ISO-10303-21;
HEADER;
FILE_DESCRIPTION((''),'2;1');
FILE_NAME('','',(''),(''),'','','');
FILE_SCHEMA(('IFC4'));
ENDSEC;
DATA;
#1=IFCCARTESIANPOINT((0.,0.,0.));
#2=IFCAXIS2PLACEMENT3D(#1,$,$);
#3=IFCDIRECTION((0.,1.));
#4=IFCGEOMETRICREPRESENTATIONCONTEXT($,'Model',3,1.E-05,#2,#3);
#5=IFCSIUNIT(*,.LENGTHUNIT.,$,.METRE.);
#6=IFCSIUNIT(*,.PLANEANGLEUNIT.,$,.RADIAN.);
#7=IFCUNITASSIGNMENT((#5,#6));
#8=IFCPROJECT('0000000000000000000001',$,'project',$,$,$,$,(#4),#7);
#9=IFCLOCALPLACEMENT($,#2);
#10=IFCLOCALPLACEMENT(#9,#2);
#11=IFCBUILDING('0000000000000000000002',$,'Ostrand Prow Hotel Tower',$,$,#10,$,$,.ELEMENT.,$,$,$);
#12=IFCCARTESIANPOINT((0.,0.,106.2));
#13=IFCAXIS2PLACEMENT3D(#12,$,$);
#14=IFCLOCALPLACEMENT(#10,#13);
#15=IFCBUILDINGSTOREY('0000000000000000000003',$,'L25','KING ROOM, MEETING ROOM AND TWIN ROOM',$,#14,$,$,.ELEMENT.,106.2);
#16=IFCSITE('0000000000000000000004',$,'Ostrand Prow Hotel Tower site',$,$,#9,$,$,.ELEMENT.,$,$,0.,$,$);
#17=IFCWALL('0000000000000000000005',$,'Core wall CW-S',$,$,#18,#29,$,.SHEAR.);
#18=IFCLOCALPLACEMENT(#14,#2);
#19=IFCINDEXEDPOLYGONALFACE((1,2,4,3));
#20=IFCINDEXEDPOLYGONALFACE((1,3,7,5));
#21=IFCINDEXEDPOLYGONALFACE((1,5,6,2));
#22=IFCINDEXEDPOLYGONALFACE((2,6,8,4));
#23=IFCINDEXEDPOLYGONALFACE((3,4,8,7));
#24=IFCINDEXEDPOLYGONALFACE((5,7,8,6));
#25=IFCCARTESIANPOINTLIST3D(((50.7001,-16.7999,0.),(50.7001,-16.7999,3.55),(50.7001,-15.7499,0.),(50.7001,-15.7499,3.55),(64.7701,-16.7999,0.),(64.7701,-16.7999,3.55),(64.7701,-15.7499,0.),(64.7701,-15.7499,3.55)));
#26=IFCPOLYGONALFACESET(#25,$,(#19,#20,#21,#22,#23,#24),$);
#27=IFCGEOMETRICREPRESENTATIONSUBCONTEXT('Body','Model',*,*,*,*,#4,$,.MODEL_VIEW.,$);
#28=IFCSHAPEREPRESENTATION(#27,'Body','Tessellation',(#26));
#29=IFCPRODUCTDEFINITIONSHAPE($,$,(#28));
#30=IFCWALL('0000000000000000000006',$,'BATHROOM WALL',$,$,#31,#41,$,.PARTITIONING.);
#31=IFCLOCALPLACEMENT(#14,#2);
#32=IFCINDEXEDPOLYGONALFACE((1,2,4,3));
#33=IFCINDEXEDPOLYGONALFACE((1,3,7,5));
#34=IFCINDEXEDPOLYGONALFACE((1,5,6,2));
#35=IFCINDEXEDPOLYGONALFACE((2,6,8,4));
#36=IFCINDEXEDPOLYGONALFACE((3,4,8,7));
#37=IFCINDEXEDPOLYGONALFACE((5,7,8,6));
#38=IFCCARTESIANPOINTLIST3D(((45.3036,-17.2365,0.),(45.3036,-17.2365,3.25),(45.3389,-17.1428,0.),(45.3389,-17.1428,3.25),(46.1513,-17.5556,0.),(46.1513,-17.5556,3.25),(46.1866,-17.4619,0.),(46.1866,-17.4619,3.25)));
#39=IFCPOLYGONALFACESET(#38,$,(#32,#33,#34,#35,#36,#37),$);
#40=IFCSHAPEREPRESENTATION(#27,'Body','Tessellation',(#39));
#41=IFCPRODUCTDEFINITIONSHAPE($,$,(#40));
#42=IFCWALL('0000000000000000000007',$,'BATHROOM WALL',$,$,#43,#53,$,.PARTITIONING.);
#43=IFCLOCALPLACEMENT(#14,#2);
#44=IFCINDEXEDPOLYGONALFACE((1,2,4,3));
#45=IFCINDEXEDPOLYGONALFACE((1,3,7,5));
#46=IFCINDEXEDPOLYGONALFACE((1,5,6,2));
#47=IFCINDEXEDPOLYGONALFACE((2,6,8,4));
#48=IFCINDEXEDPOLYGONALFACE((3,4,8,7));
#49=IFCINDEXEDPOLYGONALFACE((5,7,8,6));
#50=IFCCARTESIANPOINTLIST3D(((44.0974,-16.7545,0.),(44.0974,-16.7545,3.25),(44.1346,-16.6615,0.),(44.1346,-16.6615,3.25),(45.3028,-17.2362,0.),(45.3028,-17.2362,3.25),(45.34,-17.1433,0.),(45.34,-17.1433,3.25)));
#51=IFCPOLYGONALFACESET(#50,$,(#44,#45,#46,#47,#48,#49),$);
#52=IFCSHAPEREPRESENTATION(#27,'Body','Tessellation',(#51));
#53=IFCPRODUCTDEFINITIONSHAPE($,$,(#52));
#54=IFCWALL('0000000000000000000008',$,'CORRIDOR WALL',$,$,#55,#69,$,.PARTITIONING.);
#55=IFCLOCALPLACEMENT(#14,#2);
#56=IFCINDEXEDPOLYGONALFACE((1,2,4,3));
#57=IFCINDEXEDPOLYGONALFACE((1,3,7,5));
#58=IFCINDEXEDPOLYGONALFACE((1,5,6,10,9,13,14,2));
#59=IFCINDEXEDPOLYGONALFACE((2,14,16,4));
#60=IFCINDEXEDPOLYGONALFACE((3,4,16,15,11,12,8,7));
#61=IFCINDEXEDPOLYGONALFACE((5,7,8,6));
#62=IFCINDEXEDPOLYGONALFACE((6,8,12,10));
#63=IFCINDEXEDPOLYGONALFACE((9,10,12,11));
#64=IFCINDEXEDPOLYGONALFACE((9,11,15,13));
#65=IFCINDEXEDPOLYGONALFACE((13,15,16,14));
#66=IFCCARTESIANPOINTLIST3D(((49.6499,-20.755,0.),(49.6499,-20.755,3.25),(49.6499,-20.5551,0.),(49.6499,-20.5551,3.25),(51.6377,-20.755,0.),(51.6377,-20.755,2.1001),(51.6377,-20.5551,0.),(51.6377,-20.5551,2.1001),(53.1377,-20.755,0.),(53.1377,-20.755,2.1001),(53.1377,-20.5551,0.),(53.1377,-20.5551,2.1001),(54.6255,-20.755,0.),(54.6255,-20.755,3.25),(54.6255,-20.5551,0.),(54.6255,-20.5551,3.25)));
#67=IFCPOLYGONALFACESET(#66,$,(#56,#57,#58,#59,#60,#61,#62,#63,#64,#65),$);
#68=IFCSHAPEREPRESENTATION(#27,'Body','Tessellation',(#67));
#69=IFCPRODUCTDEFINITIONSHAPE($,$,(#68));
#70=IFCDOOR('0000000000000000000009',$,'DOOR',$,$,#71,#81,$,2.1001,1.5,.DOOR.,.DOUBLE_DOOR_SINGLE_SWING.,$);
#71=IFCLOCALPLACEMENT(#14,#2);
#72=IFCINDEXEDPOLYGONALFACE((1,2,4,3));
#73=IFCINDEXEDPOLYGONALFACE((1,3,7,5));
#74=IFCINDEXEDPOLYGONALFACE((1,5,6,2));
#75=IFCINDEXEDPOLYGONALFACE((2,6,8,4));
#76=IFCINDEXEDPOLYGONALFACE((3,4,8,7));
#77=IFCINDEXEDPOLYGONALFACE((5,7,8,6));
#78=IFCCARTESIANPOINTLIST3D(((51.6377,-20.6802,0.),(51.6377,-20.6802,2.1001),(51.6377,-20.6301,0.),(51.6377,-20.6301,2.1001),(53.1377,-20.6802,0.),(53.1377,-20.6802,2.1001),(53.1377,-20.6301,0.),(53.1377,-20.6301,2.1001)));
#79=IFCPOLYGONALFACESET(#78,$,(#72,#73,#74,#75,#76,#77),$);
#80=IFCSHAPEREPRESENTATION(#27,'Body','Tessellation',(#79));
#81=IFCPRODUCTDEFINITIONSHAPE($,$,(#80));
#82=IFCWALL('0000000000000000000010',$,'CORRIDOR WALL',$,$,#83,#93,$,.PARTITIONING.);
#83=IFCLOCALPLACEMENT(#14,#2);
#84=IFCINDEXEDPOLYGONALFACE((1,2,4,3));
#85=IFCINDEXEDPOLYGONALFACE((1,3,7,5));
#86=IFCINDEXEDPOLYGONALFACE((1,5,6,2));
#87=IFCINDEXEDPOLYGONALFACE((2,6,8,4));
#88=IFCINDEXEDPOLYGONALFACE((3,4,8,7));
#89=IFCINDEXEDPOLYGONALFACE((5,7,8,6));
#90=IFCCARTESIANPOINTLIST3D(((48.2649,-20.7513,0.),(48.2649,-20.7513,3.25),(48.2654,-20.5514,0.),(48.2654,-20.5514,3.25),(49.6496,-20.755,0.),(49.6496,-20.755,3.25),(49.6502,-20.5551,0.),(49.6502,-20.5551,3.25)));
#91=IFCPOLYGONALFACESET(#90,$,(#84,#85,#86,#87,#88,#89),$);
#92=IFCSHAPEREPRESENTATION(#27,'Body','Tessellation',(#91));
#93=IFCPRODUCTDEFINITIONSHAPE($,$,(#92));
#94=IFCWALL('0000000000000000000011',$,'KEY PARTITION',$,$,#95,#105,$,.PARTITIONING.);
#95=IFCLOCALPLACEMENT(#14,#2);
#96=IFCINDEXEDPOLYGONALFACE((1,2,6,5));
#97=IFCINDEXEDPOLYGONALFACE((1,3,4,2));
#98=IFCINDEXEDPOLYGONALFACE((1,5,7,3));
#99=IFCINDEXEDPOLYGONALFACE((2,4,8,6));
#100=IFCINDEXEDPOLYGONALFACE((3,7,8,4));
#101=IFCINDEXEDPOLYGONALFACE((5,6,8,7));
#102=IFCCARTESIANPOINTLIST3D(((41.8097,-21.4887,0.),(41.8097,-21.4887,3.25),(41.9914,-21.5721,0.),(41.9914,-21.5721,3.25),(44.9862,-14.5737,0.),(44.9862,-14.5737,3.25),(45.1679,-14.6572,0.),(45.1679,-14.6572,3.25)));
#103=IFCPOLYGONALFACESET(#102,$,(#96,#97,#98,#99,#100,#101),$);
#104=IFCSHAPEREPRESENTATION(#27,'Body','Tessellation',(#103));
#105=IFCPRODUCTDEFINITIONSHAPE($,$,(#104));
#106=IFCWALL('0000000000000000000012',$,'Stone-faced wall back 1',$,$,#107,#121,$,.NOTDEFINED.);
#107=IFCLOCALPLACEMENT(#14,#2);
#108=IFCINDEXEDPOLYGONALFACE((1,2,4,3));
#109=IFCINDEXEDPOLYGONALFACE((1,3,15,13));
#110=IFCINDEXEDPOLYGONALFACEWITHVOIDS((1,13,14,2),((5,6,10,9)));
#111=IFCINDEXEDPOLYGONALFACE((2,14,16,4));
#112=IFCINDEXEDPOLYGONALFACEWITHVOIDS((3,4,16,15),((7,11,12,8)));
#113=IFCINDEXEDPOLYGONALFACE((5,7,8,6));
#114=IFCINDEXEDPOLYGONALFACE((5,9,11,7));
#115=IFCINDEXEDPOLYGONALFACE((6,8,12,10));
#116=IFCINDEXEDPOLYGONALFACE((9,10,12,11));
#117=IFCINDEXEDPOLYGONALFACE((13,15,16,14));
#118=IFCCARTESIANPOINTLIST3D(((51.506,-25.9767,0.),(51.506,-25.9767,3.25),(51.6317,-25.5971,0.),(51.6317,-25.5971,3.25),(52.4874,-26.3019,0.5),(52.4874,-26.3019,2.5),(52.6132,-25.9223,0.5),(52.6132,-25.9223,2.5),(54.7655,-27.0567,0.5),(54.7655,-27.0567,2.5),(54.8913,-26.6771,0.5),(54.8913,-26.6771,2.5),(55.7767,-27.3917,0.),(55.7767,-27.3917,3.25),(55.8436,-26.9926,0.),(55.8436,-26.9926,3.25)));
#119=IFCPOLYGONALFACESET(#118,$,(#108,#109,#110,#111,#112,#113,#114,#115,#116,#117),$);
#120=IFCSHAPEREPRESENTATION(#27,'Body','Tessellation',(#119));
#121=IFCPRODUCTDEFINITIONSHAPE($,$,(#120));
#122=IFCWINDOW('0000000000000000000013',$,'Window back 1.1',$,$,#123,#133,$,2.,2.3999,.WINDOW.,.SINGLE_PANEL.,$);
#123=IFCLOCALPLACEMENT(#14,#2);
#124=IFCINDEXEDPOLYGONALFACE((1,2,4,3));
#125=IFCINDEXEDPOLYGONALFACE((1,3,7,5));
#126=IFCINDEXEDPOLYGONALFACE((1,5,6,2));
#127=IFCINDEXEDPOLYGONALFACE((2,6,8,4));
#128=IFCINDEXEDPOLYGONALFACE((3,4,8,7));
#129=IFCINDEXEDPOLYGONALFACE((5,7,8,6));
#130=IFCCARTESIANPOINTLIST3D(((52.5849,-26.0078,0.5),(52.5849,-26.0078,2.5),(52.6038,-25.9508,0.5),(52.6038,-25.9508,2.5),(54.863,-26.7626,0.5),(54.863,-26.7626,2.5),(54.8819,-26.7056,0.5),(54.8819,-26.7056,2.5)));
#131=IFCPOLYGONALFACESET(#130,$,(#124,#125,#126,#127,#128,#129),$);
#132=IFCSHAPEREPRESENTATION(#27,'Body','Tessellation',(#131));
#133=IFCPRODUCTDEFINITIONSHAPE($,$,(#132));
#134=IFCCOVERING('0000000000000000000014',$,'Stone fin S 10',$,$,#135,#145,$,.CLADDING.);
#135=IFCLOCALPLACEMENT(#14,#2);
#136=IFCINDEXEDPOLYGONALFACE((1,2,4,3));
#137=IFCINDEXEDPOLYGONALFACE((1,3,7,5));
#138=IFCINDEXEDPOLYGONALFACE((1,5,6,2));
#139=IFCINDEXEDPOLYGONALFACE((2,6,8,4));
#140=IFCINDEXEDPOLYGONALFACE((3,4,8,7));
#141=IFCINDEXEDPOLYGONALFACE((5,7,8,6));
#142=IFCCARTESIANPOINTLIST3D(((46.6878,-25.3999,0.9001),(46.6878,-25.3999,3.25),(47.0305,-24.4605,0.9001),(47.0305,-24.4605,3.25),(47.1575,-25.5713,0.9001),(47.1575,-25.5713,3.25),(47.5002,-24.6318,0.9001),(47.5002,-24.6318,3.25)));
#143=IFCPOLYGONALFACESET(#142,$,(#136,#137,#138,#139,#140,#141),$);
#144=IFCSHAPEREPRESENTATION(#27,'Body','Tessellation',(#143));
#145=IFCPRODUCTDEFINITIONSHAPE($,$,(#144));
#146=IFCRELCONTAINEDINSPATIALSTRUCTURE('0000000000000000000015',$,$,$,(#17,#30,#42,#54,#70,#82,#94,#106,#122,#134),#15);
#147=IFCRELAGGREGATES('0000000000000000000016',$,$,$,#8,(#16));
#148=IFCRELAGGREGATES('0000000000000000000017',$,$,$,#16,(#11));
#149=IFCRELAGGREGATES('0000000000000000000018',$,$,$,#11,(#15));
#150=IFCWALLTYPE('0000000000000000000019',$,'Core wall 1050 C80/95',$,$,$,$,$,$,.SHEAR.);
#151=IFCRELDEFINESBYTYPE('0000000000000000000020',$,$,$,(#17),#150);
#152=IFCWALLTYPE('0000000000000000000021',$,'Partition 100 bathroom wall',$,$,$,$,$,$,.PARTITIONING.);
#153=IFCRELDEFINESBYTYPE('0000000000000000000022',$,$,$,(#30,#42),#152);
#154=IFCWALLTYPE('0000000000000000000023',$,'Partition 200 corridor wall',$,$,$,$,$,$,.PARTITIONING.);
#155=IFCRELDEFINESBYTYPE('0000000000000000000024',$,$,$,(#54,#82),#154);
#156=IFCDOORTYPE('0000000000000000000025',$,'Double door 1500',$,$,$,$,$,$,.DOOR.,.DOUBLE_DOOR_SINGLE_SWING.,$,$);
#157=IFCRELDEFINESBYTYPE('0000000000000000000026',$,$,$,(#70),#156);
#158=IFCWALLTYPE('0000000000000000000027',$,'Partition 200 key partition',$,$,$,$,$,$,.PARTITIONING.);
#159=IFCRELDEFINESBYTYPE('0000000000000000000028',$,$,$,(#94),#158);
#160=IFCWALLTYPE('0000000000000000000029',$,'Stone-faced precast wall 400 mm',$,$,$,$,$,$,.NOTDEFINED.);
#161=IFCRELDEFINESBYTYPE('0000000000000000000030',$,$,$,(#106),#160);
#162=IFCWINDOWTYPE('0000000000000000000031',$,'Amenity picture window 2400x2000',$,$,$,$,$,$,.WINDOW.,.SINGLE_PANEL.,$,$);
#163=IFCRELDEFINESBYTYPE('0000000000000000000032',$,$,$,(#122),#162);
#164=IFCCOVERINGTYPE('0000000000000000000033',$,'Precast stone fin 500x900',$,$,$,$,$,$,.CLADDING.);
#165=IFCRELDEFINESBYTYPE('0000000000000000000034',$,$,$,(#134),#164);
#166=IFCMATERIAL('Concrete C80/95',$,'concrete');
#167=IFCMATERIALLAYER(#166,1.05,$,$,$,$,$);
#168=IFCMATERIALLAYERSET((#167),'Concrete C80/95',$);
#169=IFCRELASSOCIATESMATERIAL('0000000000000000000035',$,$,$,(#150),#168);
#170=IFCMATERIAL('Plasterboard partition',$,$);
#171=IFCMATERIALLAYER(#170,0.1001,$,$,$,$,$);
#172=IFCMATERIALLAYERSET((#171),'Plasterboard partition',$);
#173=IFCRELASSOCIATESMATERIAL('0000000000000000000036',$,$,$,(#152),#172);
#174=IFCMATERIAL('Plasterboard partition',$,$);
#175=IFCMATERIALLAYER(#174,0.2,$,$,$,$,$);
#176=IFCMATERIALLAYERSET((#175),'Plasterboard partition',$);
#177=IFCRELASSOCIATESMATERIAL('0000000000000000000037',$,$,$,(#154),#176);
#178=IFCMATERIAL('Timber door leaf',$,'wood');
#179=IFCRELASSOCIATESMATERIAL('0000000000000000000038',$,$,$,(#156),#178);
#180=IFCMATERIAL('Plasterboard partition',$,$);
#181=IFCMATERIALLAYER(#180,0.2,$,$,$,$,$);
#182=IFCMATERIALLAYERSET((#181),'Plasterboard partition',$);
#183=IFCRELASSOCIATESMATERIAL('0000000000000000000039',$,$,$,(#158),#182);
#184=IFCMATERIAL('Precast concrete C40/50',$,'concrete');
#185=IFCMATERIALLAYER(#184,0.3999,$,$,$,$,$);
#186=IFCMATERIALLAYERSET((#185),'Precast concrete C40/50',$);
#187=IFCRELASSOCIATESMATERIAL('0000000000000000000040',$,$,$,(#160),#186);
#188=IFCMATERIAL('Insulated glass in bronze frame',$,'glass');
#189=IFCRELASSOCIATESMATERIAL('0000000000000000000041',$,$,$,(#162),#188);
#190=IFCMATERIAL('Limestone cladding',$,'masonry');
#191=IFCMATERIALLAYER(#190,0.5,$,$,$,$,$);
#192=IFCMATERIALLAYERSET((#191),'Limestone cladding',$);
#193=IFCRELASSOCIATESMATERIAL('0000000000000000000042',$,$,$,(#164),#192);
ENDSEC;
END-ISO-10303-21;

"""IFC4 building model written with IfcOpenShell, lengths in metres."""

from ifc_helpers import new_model, si_unit, direction, frame, frame_2d, origin, place, context, subcontext, project, spatial, polyline, rectangle, outline, extrude, material, layer, layer_set, type_object, element, fill, save


model = new_model("IFC4")

# Units and contexts
model_context = context("Model", 3, precision=1e-05, world=origin(), true_north=direction((0.0, 1.0)))
body_context = subcontext(model_context, "Body", "Model", "MODEL_VIEW")
ifc_project = project(units=[si_unit("LENGTHUNIT", "METRE"), si_unit("PLANEANGLEUNIT", "RADIAN")], contexts=[model_context])

# Site, building, storey
site_placement = place(None, origin())
site = spatial("IfcSite", under=ifc_project, at=site_placement, Name="Ostrand Prow Hotel Tower site", CompositionType="ELEMENT", RefElevation=0.0)
building_placement = place(site_placement, origin())
building = spatial("IfcBuilding", under=site, at=building_placement, Name="Ostrand Prow Hotel Tower", CompositionType="ELEMENT")
storey_placement = place(building_placement, frame((0.0, 0.0, 106.2)))
storey = spatial("IfcBuildingStorey", under=building, at=storey_placement, Name="L25", Description="KING ROOM, MEETING ROOM AND TWIN ROOM", CompositionType="ELEMENT", Elevation=106.2)

# Shared definitions
ifc_material_1 = material(Name="Concrete C80/95", Category="concrete")
ifc_layer_1 = layer(ifc_material_1, 1.05)
ifc_layer_set_1 = layer_set([ifc_layer_1], Name="Concrete C80/95")
wall_type_1 = type_object("IfcWallType", Name="Core wall 1050 C80/95", PredefinedType="SHEAR", material=ifc_layer_set_1)

# Walls
wall_1_placement = place(storey_placement, frame((50.7, -16.2749, 0.0), z_axis=(0.0, 0.0, 1.0), x_axis=(1.0, 0.0, 0.0)))
element("IfcWall", 1, at=wall_1_placement, inside=storey, type_object=wall_type_1, Name="Core wall CW-S", PredefinedType="SHEAR", context=body_context, shape_type="SweptSolid", body=[
    extrude(rectangle(XDim=14.0701, YDim=1.05, at=frame_2d((7.0352, 0.0))), origin(), (0.0, 0.0, 1.0), 3.55),
])
ifc_material_2 = material(Name="Plasterboard partition")
ifc_layer_2 = layer(ifc_material_2, 0.1001)
ifc_layer_set_2 = layer_set([ifc_layer_2], Name="Plasterboard partition")
wall_type_2 = type_object("IfcWallType", Name="Partition 100 bathroom wall", PredefinedType="PARTITIONING", material=ifc_layer_set_2)
wall_2_placement = place(storey_placement, frame((46.1689, -17.5088, 0.0), z_axis=(0.0, 0.0, 1.0), x_axis=(-0.935885, 0.352305, 0.0)))
element("IfcWall", 2, at=wall_2_placement, inside=storey, type_object=wall_type_2, Name="BATHROOM WALL", PredefinedType="PARTITIONING", context=body_context, shape_type="SweptSolid", body=[
    extrude(rectangle(XDim=0.9058, YDim=0.1001, at=frame_2d((0.4529, 0.0))), origin(), (0.0, 0.0, 1.0), 3.25),
])
wall_3_placement = place(storey_placement, frame((45.3213, -17.1897, 0.0), z_axis=(0.0, 0.0, 1.0), x_axis=(-0.928593, 0.371099, 0.0)))
element("IfcWall", 3, at=wall_3_placement, inside=storey, type_object=wall_type_2, Name="BATHROOM WALL", PredefinedType="PARTITIONING", context=body_context, shape_type="SweptSolid", body=[
    extrude(rectangle(XDim=1.2981, YDim=0.1001, at=frame_2d((0.6489, 0.0))), origin(), (0.0, 0.0, 1.0), 3.25),
])

# Wall, opening, door
ifc_material_3 = material(Name="Plasterboard partition")
ifc_layer_3 = layer(ifc_material_3, 0.2)
ifc_layer_set_3 = layer_set([ifc_layer_3], Name="Plasterboard partition")
wall_type_3 = type_object("IfcWallType", Name="Partition 200 corridor wall", PredefinedType="PARTITIONING", material=ifc_layer_set_3)
wall_4_placement = place(storey_placement, frame((49.6499, -20.655, 0.0), z_axis=(0.0, 0.0, 1.0), x_axis=(1.0, 0.0, 0.0)))
wall_4 = element("IfcWall", 4, at=wall_4_placement, inside=storey, type_object=wall_type_3, Name="CORRIDOR WALL", PredefinedType="PARTITIONING", context=body_context, shape_type="SweptSolid", body=[
    extrude(rectangle(XDim=4.9756, YDim=0.2, at=frame_2d((2.4878, 0.0))), origin(), (0.0, 0.0, 1.0), 3.25),
])
opening_1_placement = place(wall_4_placement, frame((1.9878, 0.0, 0.0)))
opening_1 = element("IfcOpeningElement", 5, at=opening_1_placement, cuts=wall_4, PredefinedType="OPENING", context=body_context, shape_type="SweptSolid", body=[
    extrude(rectangle(XDim=1.5, YDim=2.1001, at=frame_2d((0.75, 1.05))), frame((0.0, 0.1099, 0.0), z_axis=(0.0, -1.0, 0.0), x_axis=(1.0, 0.0, 0.0)), (0.0, 0.0, 1.0), 0.22),
])
ifc_material_4 = material(Name="Timber door leaf", Category="wood")
door_type_1 = type_object("IfcDoorType", Name="Double door 1500", OperationType="DOUBLE_DOOR_SINGLE_SWING", PredefinedType="DOOR", material=ifc_material_4)
door_1_placement = place(opening_1_placement, origin())
door_1 = element("IfcDoor", 6, at=door_1_placement, inside=storey, type_object=door_type_1, Name="DOOR", OperationType="DOUBLE_DOOR_SINGLE_SWING", OverallHeight=2.1001, OverallWidth=1.5, PredefinedType="DOOR", context=body_context, shape_type="SweptSolid", body=[
    extrude(rectangle(XDim=1.5, YDim=2.1001, at=frame_2d((0.75, 1.05))), frame((0.0, 0.0249, 0.0), z_axis=(0.0, -1.0, 0.0), x_axis=(1.0, 0.0, 0.0)), (0.0, 0.0, 1.0), 0.05),
])
fill(opening_1, door_1)

# Walls
wall_5_placement = place(storey_placement, frame((48.2651, -20.6514, 0.0), z_axis=(0.0, 0.0, 1.0), x_axis=(0.999997, -0.002645, 0.0)))
element("IfcWall", 7, at=wall_5_placement, inside=storey, type_object=wall_type_3, Name="CORRIDOR WALL", PredefinedType="PARTITIONING", context=body_context, shape_type="SweptSolid", body=[
    extrude(rectangle(XDim=1.3848, YDim=0.2, at=frame_2d((0.6924, 0.0))), origin(), (0.0, 0.0, 1.0), 3.25),
])
ifc_material_5 = material(Name="Plasterboard partition")
ifc_layer_4 = layer(ifc_material_5, 0.2)
ifc_layer_set_4 = layer_set([ifc_layer_4], Name="Plasterboard partition")
wall_type_4 = type_object("IfcWallType", Name="Partition 200 key partition", PredefinedType="PARTITIONING", material=ifc_layer_set_4)
wall_6_placement = place(storey_placement, frame((41.9006, -21.5303, 0.0), z_axis=(0.0, 0.0, 1.0), x_axis=(0.417428, 0.90871, 0.0)))
element("IfcWall", 8, at=wall_6_placement, inside=storey, type_object=wall_type_4, Name="KEY PARTITION", PredefinedType="PARTITIONING", context=body_context, shape_type="SweptSolid", body=[
    extrude(rectangle(XDim=7.6096, YDim=0.2, at=frame_2d((3.8047, 0.0))), origin(), (0.0, 0.0, 1.0), 3.25),
])

# Wall, opening, window
ifc_material_6 = material(Name="Precast concrete C40/50", Category="concrete")
ifc_layer_5 = layer(ifc_material_6, 0.3999)
ifc_layer_set_5 = layer_set([ifc_layer_5], Name="Precast concrete C40/50")
wall_type_5 = type_object("IfcWallType", Name="Stone-faced precast wall 400 mm", PredefinedType="NOTDEFINED", material=ifc_layer_set_5)
wall_7_placement = place(storey_placement, frame((51.5688, -25.7869, 0.0), z_axis=(0.0, 0.0, 1.0), x_axis=(0.94925, -0.314522, 0.0)))
wall_7 = element("IfcWall", 9, at=wall_7_placement, inside=storey, type_object=wall_type_5, Name="Stone-faced wall back 1", PredefinedType="NOTDEFINED", context=body_context, shape_type="SweptSolid", body=[
    extrude(outline(polyline([(0.0, -0.2), (4.499, -0.2), (4.437, 0.2), (0.0, 0.2), (0.0, -0.2)])), origin(), (0.0, 0.0, 1.0), 3.25),
])
opening_2_placement = place(wall_7_placement, frame((1.0339, 0.0, 0.5)))
opening_2 = element("IfcOpeningElement", 10, at=opening_2_placement, cuts=wall_7, PredefinedType="OPENING", context=body_context, shape_type="SweptSolid", body=[
    extrude(rectangle(XDim=2.3999, YDim=2.0, at=frame_2d((1.2, 1.0))), frame((0.0, 0.21, 0.0), z_axis=(0.0, -1.0, 0.0), x_axis=(1.0, 0.0, 0.0)), (0.0, 0.0, 1.0), 0.4199),
])
ifc_material_7 = material(Name="Insulated glass in bronze frame", Category="glass")
window_type = type_object("IfcWindowType", Name="Amenity picture window 2400x2000", PartitioningType="SINGLE_PANEL", PredefinedType="WINDOW", material=ifc_material_7)
window_placement = place(opening_2_placement, origin())
window = element("IfcWindow", 11, at=window_placement, inside=storey, type_object=window_type, Name="Window back 1.1", OverallHeight=2.0, OverallWidth=2.3999, PartitioningType="SINGLE_PANEL", PredefinedType="WINDOW", context=body_context, shape_type="SweptSolid", body=[
    extrude(rectangle(XDim=2.3999, YDim=2.0, at=frame_2d((1.2, 1.0))), frame((0.0, 0.1699, 0.0), z_axis=(0.0, -1.0, 0.0), x_axis=(1.0, 0.0, 0.0)), (0.0, 0.0, 1.0), 0.0601),
])
fill(opening_2, window)

# Covering
ifc_material_8 = material(Name="Limestone cladding", Category="masonry")
ifc_layer_6 = layer(ifc_material_8, 0.5)
ifc_layer_set_6 = layer_set([ifc_layer_6], Name="Limestone cladding")
covering_type = type_object("IfcCoveringType", Name="Precast stone fin 500x900", PredefinedType="CLADDING", material=ifc_layer_set_6)
covering_placement = place(storey_placement, frame((47.2654, -24.5461, 0.9001), z_axis=(0.0, 0.0, 1.0), x_axis=(-0.342762, -0.939422, 0.0)))
element("IfcCovering", 12, at=covering_placement, inside=storey, type_object=covering_type, Name="Stone fin S 10", PredefinedType="CLADDING", context=body_context, shape_type="SweptSolid", body=[
    extrude(rectangle(XDim=1.0, YDim=0.5, at=frame_2d((0.5, 0.0))), origin(), (0.0, 0.0, 1.0), 2.3499),
])

save(model, "model.ifc")
